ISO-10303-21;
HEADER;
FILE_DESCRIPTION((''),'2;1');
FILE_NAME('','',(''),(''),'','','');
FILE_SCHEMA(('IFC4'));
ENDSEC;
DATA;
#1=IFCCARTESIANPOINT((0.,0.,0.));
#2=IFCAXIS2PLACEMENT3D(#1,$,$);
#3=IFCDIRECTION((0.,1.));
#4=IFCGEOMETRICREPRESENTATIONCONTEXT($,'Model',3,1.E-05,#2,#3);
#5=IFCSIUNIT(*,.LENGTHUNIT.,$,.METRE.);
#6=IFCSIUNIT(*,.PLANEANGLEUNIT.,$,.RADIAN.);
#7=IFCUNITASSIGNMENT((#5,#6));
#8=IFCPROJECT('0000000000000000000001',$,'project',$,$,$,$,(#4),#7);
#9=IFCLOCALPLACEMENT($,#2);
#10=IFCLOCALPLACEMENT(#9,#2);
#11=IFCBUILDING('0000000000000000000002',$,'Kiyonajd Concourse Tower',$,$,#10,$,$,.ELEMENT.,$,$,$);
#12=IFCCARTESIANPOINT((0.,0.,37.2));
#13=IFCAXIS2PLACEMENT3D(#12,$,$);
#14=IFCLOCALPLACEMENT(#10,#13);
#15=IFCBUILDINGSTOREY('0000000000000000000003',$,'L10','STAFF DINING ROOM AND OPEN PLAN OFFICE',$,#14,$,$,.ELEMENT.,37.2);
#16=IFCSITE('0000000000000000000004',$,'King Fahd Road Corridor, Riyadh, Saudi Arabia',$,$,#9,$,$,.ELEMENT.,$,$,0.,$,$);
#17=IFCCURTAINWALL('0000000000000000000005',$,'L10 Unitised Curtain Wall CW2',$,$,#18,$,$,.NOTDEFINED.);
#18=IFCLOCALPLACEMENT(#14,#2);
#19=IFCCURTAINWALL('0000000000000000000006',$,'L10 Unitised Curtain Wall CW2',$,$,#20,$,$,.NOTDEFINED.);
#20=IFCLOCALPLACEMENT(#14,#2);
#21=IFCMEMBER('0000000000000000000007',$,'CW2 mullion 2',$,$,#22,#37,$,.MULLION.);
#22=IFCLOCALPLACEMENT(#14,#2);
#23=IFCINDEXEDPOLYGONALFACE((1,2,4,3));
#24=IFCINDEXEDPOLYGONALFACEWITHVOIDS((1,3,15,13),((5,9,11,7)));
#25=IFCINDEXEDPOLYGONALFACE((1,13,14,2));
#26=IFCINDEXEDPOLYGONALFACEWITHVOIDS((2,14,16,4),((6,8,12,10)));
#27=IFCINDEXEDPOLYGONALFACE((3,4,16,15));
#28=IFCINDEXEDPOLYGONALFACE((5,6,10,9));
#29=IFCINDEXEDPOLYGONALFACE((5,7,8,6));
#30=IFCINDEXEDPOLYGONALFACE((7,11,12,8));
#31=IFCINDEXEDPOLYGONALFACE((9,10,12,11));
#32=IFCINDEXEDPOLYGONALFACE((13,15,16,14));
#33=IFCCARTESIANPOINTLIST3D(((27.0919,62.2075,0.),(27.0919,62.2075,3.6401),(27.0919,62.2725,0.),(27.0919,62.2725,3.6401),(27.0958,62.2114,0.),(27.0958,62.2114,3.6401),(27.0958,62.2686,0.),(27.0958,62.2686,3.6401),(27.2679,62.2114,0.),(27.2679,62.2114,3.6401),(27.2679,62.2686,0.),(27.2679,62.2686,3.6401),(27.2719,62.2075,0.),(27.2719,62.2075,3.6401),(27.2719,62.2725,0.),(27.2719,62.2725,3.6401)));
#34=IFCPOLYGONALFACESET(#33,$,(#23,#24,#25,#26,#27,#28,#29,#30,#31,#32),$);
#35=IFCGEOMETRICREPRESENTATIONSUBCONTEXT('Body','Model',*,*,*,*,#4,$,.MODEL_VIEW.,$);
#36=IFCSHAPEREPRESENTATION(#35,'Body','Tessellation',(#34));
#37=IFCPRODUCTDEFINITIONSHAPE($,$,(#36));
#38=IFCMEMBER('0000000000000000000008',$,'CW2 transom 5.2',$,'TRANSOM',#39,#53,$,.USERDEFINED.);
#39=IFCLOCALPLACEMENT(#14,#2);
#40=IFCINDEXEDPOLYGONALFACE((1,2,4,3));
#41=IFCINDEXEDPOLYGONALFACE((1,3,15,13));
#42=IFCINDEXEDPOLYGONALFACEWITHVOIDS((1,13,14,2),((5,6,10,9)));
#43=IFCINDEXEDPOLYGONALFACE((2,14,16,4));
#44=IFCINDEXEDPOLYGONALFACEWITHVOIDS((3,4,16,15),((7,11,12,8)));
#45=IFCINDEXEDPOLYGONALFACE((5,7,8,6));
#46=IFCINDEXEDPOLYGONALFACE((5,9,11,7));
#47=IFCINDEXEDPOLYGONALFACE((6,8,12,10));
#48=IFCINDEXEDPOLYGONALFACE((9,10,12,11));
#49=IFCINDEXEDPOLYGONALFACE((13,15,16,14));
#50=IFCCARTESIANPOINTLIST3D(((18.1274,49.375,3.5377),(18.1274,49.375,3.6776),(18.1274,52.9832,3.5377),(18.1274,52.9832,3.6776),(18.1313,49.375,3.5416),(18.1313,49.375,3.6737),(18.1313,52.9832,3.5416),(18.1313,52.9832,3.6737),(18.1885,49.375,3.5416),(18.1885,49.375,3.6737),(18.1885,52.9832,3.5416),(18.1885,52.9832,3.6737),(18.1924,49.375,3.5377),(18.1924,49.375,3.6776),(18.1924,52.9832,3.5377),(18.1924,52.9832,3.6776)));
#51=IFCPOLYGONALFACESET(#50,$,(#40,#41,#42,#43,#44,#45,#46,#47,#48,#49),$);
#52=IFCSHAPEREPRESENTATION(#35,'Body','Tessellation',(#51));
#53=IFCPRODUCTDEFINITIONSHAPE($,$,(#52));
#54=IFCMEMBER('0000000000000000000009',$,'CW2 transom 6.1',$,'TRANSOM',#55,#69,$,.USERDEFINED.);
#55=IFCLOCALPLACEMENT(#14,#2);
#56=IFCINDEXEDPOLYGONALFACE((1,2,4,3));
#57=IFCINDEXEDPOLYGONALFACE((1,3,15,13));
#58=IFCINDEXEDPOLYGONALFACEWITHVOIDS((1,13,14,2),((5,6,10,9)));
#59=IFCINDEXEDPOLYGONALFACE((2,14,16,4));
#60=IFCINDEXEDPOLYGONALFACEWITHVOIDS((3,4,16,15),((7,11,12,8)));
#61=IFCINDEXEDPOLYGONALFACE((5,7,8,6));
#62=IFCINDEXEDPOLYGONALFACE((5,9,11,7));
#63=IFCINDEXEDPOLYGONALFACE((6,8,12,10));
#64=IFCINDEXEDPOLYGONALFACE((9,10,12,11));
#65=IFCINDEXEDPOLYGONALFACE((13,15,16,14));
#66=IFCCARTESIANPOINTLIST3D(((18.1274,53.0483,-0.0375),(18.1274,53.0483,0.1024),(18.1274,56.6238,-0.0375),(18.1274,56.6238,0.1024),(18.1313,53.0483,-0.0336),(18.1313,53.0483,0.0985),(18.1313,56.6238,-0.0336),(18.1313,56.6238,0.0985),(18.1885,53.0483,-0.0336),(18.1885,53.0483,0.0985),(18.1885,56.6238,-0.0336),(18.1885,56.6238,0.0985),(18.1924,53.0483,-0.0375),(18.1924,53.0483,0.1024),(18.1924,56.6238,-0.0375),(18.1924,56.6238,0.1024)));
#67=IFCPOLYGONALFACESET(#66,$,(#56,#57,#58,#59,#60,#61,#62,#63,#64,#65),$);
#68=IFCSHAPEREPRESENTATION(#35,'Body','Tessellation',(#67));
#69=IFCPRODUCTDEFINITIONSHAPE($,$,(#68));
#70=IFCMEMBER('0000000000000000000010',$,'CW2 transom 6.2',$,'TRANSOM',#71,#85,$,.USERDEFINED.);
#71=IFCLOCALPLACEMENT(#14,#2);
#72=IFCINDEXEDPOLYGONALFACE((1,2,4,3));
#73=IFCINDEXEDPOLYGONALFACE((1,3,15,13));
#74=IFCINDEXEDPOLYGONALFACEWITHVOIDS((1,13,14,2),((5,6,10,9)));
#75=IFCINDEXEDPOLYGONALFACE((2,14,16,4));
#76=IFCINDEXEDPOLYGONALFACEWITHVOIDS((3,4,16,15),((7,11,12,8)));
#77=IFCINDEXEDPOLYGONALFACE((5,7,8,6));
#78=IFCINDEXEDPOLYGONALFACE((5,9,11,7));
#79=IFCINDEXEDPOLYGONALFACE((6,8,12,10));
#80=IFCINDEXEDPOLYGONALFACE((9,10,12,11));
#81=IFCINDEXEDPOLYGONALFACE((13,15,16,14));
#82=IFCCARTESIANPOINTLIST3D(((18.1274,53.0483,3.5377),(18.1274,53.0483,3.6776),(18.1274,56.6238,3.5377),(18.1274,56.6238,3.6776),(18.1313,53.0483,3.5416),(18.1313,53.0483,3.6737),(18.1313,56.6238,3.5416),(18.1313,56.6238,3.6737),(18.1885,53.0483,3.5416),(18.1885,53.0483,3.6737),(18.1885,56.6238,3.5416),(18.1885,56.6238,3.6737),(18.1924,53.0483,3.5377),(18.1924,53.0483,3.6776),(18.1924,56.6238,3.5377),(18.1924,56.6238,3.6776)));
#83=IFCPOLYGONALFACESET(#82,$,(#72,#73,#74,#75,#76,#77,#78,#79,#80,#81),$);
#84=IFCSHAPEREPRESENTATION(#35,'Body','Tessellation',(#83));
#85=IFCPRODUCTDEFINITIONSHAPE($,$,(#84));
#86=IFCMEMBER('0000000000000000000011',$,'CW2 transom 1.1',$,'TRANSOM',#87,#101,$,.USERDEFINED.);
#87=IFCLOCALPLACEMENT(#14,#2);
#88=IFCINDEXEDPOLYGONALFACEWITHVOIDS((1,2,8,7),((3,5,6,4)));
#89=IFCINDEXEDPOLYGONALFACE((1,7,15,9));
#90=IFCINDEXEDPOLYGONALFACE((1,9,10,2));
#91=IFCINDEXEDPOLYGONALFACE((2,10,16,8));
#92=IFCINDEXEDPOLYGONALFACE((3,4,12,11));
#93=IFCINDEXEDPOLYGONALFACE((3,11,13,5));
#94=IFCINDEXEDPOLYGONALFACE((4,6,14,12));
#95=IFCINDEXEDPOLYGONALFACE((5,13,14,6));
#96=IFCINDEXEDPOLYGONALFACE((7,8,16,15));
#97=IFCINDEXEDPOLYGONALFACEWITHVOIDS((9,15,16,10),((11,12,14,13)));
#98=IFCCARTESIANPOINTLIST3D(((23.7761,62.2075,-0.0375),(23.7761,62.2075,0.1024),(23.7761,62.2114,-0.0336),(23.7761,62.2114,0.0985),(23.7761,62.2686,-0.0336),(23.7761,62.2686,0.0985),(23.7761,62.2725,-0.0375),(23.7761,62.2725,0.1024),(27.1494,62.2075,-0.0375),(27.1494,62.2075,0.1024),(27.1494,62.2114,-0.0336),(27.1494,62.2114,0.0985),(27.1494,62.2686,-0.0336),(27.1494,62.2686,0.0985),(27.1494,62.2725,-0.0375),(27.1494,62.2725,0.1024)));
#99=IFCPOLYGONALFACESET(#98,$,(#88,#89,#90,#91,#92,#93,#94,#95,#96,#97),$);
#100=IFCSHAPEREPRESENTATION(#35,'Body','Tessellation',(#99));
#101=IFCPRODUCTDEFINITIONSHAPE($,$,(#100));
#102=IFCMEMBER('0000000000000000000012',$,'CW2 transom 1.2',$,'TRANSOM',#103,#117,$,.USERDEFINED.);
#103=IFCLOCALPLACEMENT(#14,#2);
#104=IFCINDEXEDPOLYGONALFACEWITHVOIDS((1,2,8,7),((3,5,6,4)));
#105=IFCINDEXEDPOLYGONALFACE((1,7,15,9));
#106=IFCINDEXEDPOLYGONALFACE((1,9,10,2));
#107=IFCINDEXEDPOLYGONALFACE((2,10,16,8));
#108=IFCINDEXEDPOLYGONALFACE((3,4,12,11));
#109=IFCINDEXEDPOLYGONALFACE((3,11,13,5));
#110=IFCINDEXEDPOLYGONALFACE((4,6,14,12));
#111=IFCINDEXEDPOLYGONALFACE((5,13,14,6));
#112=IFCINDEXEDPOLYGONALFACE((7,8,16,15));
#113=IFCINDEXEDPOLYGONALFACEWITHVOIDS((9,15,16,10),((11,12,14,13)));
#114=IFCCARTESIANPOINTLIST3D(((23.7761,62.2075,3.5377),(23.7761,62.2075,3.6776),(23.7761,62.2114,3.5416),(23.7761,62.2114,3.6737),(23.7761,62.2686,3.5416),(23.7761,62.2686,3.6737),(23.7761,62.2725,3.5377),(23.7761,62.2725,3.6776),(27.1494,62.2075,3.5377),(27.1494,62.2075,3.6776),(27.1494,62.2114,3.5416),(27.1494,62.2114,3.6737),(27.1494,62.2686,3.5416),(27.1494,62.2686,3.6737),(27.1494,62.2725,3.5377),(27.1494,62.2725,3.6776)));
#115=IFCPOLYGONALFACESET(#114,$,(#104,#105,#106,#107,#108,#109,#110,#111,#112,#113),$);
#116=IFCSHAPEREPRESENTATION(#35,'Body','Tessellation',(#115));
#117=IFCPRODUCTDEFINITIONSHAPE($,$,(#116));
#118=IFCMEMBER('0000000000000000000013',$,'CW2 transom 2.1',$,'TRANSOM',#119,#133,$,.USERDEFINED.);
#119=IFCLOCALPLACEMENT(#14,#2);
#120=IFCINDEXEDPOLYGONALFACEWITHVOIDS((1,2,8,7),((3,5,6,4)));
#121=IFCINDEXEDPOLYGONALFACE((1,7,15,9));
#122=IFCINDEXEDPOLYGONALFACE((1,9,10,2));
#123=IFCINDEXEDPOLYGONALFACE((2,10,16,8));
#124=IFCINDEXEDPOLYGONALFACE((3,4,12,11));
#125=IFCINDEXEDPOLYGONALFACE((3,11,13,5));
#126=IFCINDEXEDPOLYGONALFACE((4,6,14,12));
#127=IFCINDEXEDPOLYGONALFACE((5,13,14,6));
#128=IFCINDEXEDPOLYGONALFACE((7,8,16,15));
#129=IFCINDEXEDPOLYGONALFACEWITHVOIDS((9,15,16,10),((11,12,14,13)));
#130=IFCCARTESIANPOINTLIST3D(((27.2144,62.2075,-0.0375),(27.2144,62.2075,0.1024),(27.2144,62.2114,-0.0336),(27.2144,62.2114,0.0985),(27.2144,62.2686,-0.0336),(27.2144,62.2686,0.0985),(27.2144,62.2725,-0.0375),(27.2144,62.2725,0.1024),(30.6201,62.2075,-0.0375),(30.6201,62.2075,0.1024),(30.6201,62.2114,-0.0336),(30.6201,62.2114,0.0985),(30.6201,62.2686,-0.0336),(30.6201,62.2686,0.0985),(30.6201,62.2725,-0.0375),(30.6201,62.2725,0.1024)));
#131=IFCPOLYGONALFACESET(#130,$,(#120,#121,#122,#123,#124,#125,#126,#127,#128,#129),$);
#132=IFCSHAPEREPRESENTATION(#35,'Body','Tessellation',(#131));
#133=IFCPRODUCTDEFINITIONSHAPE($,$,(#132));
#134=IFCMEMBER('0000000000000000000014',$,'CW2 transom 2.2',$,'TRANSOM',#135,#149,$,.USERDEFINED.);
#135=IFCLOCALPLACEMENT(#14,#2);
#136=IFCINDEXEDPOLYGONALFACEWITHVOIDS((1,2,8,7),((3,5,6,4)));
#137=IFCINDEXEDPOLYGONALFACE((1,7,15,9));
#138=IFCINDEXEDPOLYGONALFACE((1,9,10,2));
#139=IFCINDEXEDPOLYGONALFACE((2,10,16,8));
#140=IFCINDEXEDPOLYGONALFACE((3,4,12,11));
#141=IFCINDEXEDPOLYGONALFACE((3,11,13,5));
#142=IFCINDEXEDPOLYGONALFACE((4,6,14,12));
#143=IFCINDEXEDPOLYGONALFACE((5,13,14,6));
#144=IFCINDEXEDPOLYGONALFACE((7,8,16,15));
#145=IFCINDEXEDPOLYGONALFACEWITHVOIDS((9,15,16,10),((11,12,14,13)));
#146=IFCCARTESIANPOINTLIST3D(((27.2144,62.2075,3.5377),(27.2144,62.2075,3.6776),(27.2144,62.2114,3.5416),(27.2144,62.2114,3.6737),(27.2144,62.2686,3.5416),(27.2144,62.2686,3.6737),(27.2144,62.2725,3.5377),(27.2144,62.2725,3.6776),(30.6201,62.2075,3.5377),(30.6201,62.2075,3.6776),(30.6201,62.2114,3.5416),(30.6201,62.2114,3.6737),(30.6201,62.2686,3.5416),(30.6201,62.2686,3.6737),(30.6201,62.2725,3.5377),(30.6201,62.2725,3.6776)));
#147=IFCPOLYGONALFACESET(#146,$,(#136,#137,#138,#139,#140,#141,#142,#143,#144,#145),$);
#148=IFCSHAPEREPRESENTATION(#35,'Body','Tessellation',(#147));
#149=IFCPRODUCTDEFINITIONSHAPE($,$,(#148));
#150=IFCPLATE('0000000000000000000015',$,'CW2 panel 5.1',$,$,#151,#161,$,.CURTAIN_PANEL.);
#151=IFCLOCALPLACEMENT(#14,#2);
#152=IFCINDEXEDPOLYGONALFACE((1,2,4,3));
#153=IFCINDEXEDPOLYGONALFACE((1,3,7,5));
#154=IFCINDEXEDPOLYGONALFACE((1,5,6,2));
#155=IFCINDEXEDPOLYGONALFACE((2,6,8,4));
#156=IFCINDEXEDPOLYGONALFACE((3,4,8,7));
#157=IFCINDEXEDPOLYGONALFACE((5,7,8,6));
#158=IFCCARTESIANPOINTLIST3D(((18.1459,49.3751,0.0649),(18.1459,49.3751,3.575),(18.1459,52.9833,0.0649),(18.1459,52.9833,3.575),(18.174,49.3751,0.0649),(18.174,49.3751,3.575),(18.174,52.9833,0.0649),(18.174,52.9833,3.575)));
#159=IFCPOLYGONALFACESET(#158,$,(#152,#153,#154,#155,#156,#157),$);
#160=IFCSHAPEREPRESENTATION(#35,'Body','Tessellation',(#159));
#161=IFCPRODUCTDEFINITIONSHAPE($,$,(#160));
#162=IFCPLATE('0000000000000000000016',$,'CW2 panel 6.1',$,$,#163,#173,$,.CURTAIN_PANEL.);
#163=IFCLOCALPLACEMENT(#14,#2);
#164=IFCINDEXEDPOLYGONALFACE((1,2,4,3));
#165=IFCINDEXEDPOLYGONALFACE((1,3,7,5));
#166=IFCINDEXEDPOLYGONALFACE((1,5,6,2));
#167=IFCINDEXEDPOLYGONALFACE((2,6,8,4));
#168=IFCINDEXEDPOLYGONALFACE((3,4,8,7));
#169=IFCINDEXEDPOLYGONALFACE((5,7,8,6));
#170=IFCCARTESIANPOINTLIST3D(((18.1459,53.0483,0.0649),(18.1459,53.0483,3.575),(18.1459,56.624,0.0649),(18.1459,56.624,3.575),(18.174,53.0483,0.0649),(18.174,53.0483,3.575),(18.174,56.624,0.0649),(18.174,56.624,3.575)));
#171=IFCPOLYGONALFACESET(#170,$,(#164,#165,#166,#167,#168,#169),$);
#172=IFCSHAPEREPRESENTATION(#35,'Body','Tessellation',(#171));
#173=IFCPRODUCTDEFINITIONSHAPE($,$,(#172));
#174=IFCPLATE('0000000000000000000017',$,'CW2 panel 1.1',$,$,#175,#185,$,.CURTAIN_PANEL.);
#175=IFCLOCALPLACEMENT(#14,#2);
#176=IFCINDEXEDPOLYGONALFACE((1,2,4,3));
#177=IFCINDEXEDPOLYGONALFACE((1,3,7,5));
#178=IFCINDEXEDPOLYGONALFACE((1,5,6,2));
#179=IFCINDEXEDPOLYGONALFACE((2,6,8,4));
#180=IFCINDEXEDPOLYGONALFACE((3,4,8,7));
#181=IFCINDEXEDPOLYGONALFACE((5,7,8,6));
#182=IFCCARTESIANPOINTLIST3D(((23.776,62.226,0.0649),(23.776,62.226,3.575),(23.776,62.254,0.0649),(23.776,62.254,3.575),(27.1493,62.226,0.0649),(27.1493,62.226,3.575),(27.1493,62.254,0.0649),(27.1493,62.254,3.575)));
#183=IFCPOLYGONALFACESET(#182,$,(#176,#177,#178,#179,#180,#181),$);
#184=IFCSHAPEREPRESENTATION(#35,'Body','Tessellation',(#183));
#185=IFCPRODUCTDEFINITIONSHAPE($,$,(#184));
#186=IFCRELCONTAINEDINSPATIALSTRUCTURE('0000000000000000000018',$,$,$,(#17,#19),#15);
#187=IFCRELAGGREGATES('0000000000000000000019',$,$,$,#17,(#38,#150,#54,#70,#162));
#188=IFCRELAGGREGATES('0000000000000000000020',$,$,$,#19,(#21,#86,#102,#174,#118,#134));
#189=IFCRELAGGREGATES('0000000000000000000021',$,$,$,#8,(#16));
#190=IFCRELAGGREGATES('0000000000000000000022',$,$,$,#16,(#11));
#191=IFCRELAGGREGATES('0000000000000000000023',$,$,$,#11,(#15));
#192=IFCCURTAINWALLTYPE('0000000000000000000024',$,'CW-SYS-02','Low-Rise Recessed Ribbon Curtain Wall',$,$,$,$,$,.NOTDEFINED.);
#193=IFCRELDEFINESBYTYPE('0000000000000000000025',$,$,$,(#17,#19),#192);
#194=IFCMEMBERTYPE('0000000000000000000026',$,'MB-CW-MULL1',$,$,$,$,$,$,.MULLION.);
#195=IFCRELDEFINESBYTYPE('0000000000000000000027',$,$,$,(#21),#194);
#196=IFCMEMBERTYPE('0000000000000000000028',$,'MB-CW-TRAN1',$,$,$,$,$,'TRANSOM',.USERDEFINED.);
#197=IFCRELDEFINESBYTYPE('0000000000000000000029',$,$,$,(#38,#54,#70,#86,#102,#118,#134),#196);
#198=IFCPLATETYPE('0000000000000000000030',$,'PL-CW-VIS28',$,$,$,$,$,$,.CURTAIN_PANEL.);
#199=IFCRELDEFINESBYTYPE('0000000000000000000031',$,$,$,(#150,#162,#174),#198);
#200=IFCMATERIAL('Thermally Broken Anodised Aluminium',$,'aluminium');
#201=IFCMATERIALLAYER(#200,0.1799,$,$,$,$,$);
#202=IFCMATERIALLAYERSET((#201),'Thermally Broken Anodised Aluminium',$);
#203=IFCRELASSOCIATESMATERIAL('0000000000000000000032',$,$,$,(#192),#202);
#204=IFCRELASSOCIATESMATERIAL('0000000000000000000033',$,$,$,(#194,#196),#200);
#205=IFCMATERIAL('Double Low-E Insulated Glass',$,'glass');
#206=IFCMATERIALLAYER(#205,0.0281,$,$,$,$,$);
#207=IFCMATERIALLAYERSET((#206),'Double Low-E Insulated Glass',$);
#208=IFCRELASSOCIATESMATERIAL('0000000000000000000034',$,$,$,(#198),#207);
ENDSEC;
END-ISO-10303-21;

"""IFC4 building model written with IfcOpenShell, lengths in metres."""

from ifc_helpers import new_model, si_unit, direction, frame, origin, origin_2d, place, context, subcontext, project, spatial, rectangle, hollow_rectangle, extrude, material, layer, layer_set, material_profile, profile_set, type_object, element, aggregate, save


model = new_model("IFC4")

# Units and contexts
model_context = context("Model", 3, precision=1e-05, world=origin(), true_north=direction((0.0, 1.0)))
body_context = subcontext(model_context, "Body", "Model", "MODEL_VIEW")
ifc_project = project(units=[si_unit("LENGTHUNIT", "METRE"), si_unit("PLANEANGLEUNIT", "RADIAN")], contexts=[model_context])

# Site, building, storey
site_placement = place(None, origin())
site = spatial("IfcSite", under=ifc_project, at=site_placement, Name="King Fahd Road Corridor, Riyadh, Saudi Arabia", CompositionType="ELEMENT", RefElevation=0.0)
building_placement = place(site_placement, origin())
building = spatial("IfcBuilding", under=site, at=building_placement, Name="Kiyonajd Concourse Tower", CompositionType="ELEMENT")
storey_placement = place(building_placement, frame((0.0, 0.0, 37.2)))
storey = spatial("IfcBuildingStorey", under=building, at=storey_placement, Name="L10", Description="STAFF DINING ROOM AND OPEN PLAN OFFICE", CompositionType="ELEMENT", Elevation=37.2)

# Curtain walls, member
ifc_material_1 = material(Name="Thermally Broken Anodised Aluminium", Category="aluminium")
ifc_layer_1 = layer(ifc_material_1, 0.1799)
ifc_layer_set_1 = layer_set([ifc_layer_1], Name="Thermally Broken Anodised Aluminium")
curtain_wall_type = type_object("IfcCurtainWallType", Name="CW-SYS-02", Description="Low-Rise Recessed Ribbon Curtain Wall", PredefinedType="NOTDEFINED", material=ifc_layer_set_1)
curtain_wall_1_placement = place(storey_placement, origin())
curtain_wall_1 = element("IfcCurtainWall", 1, at=curtain_wall_1_placement, inside=storey, type_object=curtain_wall_type, Name="L10 Unitised Curtain Wall CW2", PredefinedType="NOTDEFINED")
ifc_material_profile_1 = material_profile(ifc_material_1, hollow_rectangle(XDim=0.0649, YDim=0.1799, WallThickness=0.0039, at=origin_2d()), Name="MULL-65x180")
ifc_profile_set_1 = profile_set([ifc_material_profile_1], Name="Thermally Broken Anodised Aluminium")
member_type_1 = type_object("IfcMemberType", Name="MB-CW-MULL1", PredefinedType="MULLION", material=ifc_profile_set_1)
curtain_wall_2_placement = place(storey_placement, origin())
curtain_wall_2 = element("IfcCurtainWall", 2, at=curtain_wall_2_placement, inside=storey, type_object=curtain_wall_type, Name="L10 Unitised Curtain Wall CW2", PredefinedType="NOTDEFINED")
member_1_placement = place(storey_placement, frame((27.1819, 62.24, 0.0), z_axis=(0.0, 0.0, 1.0), x_axis=(0.0, 1.0, 0.0)))
member_1 = element("IfcMember", 3, at=member_1_placement, type_object=member_type_1, Name="CW2 mullion 2", PredefinedType="MULLION", context=body_context, shape_type="SweptSolid", body=[
    extrude(hollow_rectangle(XDim=0.0649, YDim=0.1799, WallThickness=0.0039, at=origin_2d()), origin(), (0.0, 0.0, 1.0), 3.6401),
])

# Members
ifc_material_profile_2 = material_profile(ifc_material_1, hollow_rectangle(XDim=0.0649, YDim=0.1399, WallThickness=0.0039, at=origin_2d()), Name="TRAN-65x140")
ifc_profile_set_2 = profile_set([ifc_material_profile_2], Name="Thermally Broken Anodised Aluminium")
member_type_2 = type_object("IfcMemberType", Name="MB-CW-TRAN1", ElementType="TRANSOM", PredefinedType="USERDEFINED", material=ifc_profile_set_2)
member_2_placement = place(storey_placement, frame((18.1599, 49.375, 3.6077), z_axis=(0.0, 1.0, 0.0), x_axis=(-1.0, 0.0, 0.0)))
member_2 = element("IfcMember", 4, at=member_2_placement, type_object=member_type_2, Name="CW2 transom 5.2", ObjectType="TRANSOM", PredefinedType="USERDEFINED", context=body_context, shape_type="SweptSolid", body=[
    extrude(hollow_rectangle(XDim=0.0649, YDim=0.1399, WallThickness=0.0039, at=origin_2d()), origin(), (0.0, 0.0, 1.0), 3.6082),
])
member_3_placement = place(storey_placement, frame((18.1599, 53.0483, 0.0325), z_axis=(0.0, 1.0, 0.0), x_axis=(-1.0, 0.0, 0.0)))
member_3 = element("IfcMember", 5, at=member_3_placement, type_object=member_type_2, Name="CW2 transom 6.1", ObjectType="TRANSOM", PredefinedType="USERDEFINED", context=body_context, shape_type="SweptSolid", body=[
    extrude(hollow_rectangle(XDim=0.0649, YDim=0.1399, WallThickness=0.0039, at=origin_2d()), origin(), (0.0, 0.0, 1.0), 3.5754),
])
member_4_placement = place(storey_placement, frame((18.1599, 53.0483, 3.6077), z_axis=(0.0, 1.0, 0.0), x_axis=(-1.0, 0.0, 0.0)))
member_4 = element("IfcMember", 6, at=member_4_placement, type_object=member_type_2, Name="CW2 transom 6.2", ObjectType="TRANSOM", PredefinedType="USERDEFINED", context=body_context, shape_type="SweptSolid", body=[
    extrude(hollow_rectangle(XDim=0.0649, YDim=0.1399, WallThickness=0.0039, at=origin_2d()), origin(), (0.0, 0.0, 1.0), 3.5754),
])
member_5_placement = place(storey_placement, frame((23.7761, 62.24, 0.0325), z_axis=(1.0, 0.0, 0.0), x_axis=(0.0, 1.0, 0.0)))
member_5 = element("IfcMember", 7, at=member_5_placement, type_object=member_type_2, Name="CW2 transom 1.1", ObjectType="TRANSOM", PredefinedType="USERDEFINED", context=body_context, shape_type="SweptSolid", body=[
    extrude(hollow_rectangle(XDim=0.0649, YDim=0.1399, WallThickness=0.0039, at=origin_2d()), origin(), (0.0, 0.0, 1.0), 3.3733),
])
member_6_placement = place(storey_placement, frame((23.7761, 62.24, 3.6077), z_axis=(1.0, 0.0, 0.0), x_axis=(0.0, 1.0, 0.0)))
member_6 = element("IfcMember", 8, at=member_6_placement, type_object=member_type_2, Name="CW2 transom 1.2", ObjectType="TRANSOM", PredefinedType="USERDEFINED", context=body_context, shape_type="SweptSolid", body=[
    extrude(hollow_rectangle(XDim=0.0649, YDim=0.1399, WallThickness=0.0039, at=origin_2d()), origin(), (0.0, 0.0, 1.0), 3.3733),
])
member_7_placement = place(storey_placement, frame((27.2144, 62.24, 0.0325), z_axis=(1.0, 0.0, 0.0), x_axis=(0.0, 1.0, 0.0)))
member_7 = element("IfcMember", 9, at=member_7_placement, type_object=member_type_2, Name="CW2 transom 2.1", ObjectType="TRANSOM", PredefinedType="USERDEFINED", context=body_context, shape_type="SweptSolid", body=[
    extrude(hollow_rectangle(XDim=0.0649, YDim=0.1399, WallThickness=0.0039, at=origin_2d()), origin(), (0.0, 0.0, 1.0), 3.4058),
])
member_8_placement = place(storey_placement, frame((27.2144, 62.24, 3.6077), z_axis=(1.0, 0.0, 0.0), x_axis=(0.0, 1.0, 0.0)))
member_8 = element("IfcMember", 10, at=member_8_placement, type_object=member_type_2, Name="CW2 transom 2.2", ObjectType="TRANSOM", PredefinedType="USERDEFINED", context=body_context, shape_type="SweptSolid", body=[
    extrude(hollow_rectangle(XDim=0.0649, YDim=0.1399, WallThickness=0.0039, at=origin_2d()), origin(), (0.0, 0.0, 1.0), 3.4058),
])

# Plates
ifc_material_2 = material(Name="Double Low-E Insulated Glass", Category="glass")
ifc_layer_2 = layer(ifc_material_2, 0.0281)
ifc_layer_set_2 = layer_set([ifc_layer_2], Name="Double Low-E Insulated Glass")
plate_type_1 = type_object("IfcPlateType", Name="PL-CW-VIS28", PredefinedType="CURTAIN_PANEL", material=ifc_layer_set_2)
plate_1_placement = place(storey_placement, frame((18.1599, 51.1792, 0.0649), z_axis=(0.0, 0.0, 1.0), x_axis=(0.0, 1.0, 0.0)))
plate_1 = element("IfcPlate", 11, at=plate_1_placement, type_object=plate_type_1, Name="CW2 panel 5.1", PredefinedType="CURTAIN_PANEL", context=body_context, shape_type="SweptSolid", body=[
    extrude(rectangle(XDim=3.6082, YDim=0.0281, at=origin_2d()), origin(), (0.0, 0.0, 1.0), 3.51),
])
plate_2_placement = place(storey_placement, frame((18.1599, 54.8362, 0.0649), z_axis=(0.0, 0.0, 1.0), x_axis=(0.0, 1.0, 0.0)))
plate_2 = element("IfcPlate", 12, at=plate_2_placement, type_object=plate_type_1, Name="CW2 panel 6.1", PredefinedType="CURTAIN_PANEL", context=body_context, shape_type="SweptSolid", body=[
    extrude(rectangle(XDim=3.5757, YDim=0.0281, at=origin_2d()), origin(), (0.0, 0.0, 1.0), 3.51),
])
aggregate(curtain_wall_1, [member_2, plate_1, member_3, member_4, plate_2])
plate_3_placement = place(storey_placement, frame((25.4626, 62.24, 0.0649), z_axis=(0.0, 0.0, 1.0), x_axis=(1.0, 0.0, 0.0)))
plate_3 = element("IfcPlate", 13, at=plate_3_placement, type_object=plate_type_1, Name="CW2 panel 1.1", PredefinedType="CURTAIN_PANEL", context=body_context, shape_type="SweptSolid", body=[
    extrude(rectangle(XDim=3.3733, YDim=0.0281, at=origin_2d()), origin(), (0.0, 0.0, 1.0), 3.51),
])
aggregate(curtain_wall_2, [member_1, member_5, member_6, plate_3, member_7, member_8])

save(model, "model.ifc")
